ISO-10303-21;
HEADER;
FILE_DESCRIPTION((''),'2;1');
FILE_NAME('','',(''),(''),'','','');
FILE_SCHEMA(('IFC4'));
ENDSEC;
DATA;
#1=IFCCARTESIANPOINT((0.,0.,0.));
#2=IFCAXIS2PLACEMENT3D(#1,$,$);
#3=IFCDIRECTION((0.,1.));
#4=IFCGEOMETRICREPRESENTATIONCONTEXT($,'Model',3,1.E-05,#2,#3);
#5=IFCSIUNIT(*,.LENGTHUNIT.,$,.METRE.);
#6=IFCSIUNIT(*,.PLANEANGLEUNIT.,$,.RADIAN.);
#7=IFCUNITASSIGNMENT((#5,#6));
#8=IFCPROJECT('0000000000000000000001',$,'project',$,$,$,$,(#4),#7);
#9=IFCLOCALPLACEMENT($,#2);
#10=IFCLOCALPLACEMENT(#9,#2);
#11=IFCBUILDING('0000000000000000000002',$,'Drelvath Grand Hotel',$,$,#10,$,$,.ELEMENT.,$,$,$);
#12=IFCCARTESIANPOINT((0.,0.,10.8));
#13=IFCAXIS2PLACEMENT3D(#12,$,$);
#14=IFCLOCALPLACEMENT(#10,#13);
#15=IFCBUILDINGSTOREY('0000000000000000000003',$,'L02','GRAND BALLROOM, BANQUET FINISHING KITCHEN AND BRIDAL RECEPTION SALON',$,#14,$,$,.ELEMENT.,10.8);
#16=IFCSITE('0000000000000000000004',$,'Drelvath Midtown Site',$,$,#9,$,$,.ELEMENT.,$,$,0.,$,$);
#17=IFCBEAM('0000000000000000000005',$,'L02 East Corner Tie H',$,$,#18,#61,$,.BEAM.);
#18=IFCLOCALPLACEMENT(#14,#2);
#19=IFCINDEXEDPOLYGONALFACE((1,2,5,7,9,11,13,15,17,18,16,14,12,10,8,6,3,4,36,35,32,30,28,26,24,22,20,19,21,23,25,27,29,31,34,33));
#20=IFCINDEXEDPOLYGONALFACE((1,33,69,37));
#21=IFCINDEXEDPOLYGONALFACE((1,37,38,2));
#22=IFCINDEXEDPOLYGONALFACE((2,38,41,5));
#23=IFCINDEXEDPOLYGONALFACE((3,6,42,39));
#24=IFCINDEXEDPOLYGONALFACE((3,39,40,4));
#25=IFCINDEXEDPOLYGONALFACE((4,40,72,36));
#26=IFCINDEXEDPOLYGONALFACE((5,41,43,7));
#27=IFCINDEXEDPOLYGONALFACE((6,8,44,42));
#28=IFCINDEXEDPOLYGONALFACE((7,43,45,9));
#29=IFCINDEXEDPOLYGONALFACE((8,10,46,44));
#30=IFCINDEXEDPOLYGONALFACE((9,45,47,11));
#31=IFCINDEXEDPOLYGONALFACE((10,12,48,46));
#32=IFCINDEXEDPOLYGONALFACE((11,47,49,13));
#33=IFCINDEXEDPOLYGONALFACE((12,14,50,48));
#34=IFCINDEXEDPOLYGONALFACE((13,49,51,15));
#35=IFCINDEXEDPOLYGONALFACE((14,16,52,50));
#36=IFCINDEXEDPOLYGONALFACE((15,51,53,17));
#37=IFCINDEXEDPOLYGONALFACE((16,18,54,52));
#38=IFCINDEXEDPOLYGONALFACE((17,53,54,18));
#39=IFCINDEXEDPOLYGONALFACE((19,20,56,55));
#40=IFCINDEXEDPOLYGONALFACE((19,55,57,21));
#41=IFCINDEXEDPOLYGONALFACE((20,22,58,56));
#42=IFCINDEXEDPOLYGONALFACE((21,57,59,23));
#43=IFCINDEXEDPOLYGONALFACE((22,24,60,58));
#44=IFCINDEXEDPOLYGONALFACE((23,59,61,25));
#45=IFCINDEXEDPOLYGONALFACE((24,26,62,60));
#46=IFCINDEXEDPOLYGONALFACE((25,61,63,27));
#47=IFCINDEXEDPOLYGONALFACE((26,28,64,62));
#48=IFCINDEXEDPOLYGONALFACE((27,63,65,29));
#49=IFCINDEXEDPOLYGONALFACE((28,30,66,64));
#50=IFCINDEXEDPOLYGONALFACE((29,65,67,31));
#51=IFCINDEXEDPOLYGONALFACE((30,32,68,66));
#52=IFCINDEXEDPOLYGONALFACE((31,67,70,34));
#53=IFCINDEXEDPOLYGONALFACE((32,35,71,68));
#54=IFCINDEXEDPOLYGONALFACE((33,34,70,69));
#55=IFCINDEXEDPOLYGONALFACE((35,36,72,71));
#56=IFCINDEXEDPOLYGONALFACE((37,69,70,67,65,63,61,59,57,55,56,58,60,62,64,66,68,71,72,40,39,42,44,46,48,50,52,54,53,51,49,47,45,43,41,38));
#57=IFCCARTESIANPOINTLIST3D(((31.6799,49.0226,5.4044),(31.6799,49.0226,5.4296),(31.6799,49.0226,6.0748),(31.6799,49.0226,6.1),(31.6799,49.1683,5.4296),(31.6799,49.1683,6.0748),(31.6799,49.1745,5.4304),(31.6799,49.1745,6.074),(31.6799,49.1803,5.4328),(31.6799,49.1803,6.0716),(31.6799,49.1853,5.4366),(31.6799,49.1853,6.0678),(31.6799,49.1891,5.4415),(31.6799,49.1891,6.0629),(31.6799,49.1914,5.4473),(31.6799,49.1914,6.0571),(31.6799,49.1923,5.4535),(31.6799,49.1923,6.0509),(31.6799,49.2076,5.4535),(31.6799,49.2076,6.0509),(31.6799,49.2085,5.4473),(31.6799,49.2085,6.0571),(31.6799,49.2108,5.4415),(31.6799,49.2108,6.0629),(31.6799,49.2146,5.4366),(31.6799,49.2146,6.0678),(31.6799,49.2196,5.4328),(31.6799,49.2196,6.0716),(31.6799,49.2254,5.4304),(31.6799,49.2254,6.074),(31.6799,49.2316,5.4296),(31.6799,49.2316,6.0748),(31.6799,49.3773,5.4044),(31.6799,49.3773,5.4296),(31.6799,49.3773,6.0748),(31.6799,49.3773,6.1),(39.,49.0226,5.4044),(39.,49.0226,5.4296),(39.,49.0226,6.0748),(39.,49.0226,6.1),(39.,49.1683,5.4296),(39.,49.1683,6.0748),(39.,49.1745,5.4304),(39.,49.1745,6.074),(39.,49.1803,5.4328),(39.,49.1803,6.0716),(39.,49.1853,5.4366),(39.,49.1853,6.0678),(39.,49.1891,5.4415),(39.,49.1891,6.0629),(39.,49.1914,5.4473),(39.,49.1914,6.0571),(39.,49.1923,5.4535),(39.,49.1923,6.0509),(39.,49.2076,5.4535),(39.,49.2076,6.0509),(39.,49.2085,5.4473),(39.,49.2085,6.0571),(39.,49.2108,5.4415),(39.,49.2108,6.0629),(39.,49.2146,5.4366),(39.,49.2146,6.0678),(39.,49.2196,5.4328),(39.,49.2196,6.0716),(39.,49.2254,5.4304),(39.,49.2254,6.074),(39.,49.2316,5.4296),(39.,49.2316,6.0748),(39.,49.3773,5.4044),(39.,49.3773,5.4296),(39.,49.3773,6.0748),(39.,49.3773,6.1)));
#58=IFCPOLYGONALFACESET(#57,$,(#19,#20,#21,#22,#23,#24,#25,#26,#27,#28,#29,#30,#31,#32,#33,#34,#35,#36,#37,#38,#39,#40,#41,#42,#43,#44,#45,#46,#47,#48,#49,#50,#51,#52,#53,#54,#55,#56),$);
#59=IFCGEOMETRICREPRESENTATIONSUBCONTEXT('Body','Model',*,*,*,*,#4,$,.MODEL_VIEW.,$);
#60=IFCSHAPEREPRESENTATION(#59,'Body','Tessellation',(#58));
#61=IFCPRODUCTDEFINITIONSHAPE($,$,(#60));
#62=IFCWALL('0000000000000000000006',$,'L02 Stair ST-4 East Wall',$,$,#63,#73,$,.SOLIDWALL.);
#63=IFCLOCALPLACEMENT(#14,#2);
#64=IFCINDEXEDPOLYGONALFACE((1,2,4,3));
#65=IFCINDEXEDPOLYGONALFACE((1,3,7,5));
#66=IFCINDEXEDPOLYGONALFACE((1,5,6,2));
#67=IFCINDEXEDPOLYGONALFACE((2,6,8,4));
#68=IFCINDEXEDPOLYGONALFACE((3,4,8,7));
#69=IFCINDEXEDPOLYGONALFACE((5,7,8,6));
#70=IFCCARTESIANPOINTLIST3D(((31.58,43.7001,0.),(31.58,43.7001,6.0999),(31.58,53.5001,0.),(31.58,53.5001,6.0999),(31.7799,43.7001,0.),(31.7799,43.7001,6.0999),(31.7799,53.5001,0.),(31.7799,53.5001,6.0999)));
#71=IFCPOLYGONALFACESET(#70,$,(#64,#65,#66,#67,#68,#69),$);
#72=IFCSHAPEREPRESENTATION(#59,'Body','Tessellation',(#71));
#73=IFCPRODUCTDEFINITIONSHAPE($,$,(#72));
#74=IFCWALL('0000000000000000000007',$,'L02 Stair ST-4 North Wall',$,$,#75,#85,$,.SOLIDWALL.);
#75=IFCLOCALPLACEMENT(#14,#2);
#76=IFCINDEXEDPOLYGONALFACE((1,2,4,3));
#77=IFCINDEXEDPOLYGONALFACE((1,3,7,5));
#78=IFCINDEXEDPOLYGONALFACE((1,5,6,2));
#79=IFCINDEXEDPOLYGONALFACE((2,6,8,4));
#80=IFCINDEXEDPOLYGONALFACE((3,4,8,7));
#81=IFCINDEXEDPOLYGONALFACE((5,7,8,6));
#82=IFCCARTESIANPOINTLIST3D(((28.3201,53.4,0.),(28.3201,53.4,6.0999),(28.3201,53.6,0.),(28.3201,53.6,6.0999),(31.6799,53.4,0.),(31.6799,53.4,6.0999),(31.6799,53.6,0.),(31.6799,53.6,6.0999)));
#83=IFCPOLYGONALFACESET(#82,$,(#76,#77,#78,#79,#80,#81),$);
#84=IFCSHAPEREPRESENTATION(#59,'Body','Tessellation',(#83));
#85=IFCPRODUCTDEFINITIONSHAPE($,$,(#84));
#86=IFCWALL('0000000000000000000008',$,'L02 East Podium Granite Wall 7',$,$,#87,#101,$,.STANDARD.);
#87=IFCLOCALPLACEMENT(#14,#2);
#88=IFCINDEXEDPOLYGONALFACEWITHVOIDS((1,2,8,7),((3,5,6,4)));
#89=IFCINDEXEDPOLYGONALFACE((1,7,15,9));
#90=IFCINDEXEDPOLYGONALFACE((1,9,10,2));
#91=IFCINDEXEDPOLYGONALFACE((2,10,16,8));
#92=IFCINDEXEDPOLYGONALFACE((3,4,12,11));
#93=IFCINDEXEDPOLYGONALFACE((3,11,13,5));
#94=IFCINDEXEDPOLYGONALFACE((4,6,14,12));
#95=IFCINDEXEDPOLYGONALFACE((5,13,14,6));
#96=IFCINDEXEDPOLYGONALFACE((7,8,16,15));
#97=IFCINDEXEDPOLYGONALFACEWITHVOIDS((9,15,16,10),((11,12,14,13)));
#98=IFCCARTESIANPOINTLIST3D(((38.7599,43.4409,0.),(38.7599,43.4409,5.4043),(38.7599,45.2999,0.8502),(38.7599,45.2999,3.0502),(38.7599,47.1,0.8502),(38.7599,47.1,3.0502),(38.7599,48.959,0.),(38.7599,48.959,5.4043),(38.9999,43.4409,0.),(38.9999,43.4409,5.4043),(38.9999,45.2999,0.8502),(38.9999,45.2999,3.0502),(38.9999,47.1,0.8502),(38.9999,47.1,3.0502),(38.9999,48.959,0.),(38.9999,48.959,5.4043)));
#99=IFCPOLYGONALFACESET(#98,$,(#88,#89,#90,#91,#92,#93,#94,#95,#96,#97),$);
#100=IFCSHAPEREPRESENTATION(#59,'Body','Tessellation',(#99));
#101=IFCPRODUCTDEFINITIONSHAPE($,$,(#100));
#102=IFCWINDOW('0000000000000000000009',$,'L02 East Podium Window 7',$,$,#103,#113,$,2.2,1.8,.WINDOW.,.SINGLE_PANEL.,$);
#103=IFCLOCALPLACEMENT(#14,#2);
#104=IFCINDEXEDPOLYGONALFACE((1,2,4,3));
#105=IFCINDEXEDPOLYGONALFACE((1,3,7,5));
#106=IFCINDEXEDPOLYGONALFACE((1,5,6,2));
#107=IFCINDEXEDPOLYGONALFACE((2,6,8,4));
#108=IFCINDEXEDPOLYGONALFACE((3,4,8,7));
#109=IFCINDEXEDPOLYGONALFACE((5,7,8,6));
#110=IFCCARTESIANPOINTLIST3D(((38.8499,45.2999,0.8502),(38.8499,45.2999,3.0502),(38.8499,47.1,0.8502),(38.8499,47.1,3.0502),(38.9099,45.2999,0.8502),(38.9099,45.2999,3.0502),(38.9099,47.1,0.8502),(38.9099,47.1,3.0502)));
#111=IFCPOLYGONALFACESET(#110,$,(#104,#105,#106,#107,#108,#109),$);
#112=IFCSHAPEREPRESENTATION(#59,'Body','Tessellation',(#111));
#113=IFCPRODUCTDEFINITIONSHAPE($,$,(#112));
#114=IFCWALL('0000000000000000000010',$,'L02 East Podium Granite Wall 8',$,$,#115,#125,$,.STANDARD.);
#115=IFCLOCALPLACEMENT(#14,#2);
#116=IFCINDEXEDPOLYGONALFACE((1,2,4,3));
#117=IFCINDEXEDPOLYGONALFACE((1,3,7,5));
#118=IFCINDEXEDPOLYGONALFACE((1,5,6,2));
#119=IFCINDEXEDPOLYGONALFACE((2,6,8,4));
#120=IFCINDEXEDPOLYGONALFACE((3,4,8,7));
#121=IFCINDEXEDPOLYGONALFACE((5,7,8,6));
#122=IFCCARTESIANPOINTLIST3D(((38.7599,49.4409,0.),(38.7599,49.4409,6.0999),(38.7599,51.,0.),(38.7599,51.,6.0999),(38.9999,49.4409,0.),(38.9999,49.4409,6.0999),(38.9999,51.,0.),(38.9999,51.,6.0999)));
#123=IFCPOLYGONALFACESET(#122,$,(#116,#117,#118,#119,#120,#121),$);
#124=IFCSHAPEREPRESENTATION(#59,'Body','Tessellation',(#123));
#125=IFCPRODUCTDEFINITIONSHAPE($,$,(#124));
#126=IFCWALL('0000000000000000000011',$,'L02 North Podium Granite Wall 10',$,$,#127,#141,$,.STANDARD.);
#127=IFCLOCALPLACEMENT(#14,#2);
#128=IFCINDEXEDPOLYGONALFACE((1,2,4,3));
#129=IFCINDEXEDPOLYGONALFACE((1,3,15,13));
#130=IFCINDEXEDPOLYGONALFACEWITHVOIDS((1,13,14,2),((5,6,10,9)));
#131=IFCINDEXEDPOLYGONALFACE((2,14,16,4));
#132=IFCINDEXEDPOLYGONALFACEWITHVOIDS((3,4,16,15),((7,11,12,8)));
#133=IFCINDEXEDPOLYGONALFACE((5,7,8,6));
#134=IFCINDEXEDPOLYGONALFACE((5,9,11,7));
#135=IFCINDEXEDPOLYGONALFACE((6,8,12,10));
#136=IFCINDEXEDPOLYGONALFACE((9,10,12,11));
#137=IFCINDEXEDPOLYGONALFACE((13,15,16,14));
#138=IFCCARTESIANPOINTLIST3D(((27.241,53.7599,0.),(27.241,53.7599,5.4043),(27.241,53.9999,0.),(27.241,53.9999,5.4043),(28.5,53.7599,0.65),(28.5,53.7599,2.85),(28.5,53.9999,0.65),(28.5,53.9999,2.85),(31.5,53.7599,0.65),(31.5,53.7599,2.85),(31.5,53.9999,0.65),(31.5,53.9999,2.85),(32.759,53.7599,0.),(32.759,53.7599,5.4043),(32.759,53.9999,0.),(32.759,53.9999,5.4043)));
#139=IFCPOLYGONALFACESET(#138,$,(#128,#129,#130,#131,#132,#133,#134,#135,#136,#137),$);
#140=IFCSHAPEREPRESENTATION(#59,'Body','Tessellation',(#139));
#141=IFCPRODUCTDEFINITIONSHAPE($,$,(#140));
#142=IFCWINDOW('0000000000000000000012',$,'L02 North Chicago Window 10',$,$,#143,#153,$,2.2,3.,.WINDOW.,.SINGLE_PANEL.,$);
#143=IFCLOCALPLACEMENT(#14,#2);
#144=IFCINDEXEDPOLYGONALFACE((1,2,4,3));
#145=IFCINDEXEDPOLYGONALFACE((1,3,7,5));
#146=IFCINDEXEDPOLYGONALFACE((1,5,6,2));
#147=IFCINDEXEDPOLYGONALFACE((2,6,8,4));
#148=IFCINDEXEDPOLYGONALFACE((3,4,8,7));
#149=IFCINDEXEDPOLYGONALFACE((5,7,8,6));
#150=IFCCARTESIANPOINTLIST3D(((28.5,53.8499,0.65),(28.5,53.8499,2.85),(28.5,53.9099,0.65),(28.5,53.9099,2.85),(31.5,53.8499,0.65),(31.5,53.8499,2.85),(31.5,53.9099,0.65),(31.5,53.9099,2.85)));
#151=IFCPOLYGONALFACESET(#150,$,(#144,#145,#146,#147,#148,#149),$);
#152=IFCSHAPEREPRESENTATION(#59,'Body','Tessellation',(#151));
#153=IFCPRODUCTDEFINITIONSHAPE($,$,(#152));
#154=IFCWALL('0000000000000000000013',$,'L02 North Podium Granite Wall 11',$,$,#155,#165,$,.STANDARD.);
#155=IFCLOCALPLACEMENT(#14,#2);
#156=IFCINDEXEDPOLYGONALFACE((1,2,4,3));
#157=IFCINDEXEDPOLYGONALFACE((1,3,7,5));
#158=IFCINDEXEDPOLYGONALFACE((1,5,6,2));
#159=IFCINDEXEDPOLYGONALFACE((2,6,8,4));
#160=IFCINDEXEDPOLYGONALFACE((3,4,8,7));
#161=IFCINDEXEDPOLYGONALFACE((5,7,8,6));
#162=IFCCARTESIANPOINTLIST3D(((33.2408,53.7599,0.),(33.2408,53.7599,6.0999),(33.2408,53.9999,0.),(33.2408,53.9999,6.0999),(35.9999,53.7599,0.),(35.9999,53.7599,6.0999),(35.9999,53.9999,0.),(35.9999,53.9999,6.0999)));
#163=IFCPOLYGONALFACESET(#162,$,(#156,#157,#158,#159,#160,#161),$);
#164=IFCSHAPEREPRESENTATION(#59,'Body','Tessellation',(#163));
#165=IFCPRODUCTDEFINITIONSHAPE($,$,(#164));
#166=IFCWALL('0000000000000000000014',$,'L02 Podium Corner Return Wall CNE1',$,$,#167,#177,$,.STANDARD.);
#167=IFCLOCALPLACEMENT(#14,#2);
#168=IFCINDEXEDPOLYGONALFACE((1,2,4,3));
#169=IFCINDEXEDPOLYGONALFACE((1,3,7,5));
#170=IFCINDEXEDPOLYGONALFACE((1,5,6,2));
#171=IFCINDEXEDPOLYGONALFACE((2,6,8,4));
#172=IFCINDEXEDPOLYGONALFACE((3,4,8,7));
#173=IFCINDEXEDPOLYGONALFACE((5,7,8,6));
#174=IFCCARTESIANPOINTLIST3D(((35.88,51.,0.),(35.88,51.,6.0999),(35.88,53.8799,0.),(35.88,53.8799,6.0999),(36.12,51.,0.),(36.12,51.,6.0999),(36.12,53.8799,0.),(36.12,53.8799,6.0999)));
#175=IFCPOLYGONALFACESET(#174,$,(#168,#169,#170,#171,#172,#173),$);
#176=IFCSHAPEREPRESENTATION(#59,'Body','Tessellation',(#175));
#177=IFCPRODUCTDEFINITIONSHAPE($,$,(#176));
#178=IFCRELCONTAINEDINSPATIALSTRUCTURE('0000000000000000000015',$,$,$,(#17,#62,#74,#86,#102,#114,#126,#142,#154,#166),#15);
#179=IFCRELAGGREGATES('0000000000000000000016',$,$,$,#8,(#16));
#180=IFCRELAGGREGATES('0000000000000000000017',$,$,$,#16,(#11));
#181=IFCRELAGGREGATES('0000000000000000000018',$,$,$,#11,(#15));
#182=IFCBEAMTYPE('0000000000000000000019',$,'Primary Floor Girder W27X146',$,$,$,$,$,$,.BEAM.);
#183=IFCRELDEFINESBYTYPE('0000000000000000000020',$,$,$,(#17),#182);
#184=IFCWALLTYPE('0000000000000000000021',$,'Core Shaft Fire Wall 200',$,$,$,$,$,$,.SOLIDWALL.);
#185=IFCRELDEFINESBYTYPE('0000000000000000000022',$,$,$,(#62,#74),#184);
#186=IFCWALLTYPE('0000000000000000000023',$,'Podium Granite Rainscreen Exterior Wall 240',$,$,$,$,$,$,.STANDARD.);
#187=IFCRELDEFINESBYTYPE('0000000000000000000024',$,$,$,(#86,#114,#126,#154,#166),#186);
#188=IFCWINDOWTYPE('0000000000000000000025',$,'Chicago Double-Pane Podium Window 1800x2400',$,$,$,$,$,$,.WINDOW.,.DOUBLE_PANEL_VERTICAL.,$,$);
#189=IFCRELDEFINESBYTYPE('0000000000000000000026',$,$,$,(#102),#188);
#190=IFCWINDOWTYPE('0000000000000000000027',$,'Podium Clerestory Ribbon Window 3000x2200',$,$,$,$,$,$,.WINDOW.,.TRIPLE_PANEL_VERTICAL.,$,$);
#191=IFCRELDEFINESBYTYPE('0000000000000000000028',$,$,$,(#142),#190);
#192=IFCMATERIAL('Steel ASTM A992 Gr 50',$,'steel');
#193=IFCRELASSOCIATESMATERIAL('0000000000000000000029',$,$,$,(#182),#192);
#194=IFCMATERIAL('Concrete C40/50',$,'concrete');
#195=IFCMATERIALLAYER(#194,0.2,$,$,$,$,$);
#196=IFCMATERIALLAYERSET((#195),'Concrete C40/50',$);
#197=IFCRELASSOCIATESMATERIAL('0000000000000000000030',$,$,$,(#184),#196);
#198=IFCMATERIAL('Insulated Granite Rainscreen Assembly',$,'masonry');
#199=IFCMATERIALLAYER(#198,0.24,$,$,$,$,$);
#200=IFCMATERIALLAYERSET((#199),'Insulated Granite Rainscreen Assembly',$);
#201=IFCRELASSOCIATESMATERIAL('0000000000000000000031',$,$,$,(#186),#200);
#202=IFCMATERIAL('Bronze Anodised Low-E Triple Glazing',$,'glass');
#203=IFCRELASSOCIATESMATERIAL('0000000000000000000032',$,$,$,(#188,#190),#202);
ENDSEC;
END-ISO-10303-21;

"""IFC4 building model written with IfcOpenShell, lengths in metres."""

from ifc_helpers import new_model, si_unit, direction, frame, frame_2d, origin, origin_2d, place, context, subcontext, project, spatial, rectangle, i_section, extrude, material, layer, layer_set, material_profile, profile_set, type_object, element, fill, save


model = new_model("IFC4")

# Units and contexts
model_context = context("Model", 3, precision=1e-05, world=origin(), true_north=direction((0.0, 1.0)))
body_context = subcontext(model_context, "Body", "Model", "MODEL_VIEW")
ifc_project = project(units=[si_unit("LENGTHUNIT", "METRE"), si_unit("PLANEANGLEUNIT", "RADIAN")], contexts=[model_context])

# Site, building, storey
site_placement = place(None, origin())
site = spatial("IfcSite", under=ifc_project, at=site_placement, Name="Drelvath Midtown Site", CompositionType="ELEMENT", RefElevation=0.0)
building_placement = place(site_placement, origin())
building = spatial("IfcBuilding", under=site, at=building_placement, Name="Drelvath Grand Hotel", CompositionType="ELEMENT")
storey_placement = place(building_placement, frame((0.0, 0.0, 10.8)))
storey = spatial("IfcBuildingStorey", under=building, at=storey_placement, Name="L02", Description="GRAND BALLROOM, BANQUET FINISHING KITCHEN AND BRIDAL RECEPTION SALON", CompositionType="ELEMENT", Elevation=10.8)

# Beam
ifc_material_1 = material(Name="Steel ASTM A992 Gr 50", Category="steel")
ifc_material_profile_1 = material_profile(ifc_material_1, i_section(OverallWidth=0.3547, OverallDepth=0.6956, WebThickness=0.0154, FlangeThickness=0.0251, FilletRadius=0.0239, at=origin_2d()), Name="W27X146")
ifc_profile_set_1 = profile_set([ifc_material_profile_1], Name="Steel ASTM A992 Gr 50")
beam_type = type_object("IfcBeamType", Name="Primary Floor Girder W27X146", PredefinedType="BEAM", material=ifc_profile_set_1)
beam_placement = place(storey_placement, frame((31.6799, 49.2, 5.7522), z_axis=(1.0, 0.0, 0.0), x_axis=(0.0, 1.0, 0.0)))
element("IfcBeam", 1, at=beam_placement, inside=storey, type_object=beam_type, Name="L02 East Corner Tie H", PredefinedType="BEAM", context=body_context, shape_type="SweptSolid", body=[
    extrude(i_section(OverallWidth=0.3547, OverallDepth=0.6956, WebThickness=0.0154, FlangeThickness=0.0251, FilletRadius=0.0239, at=origin_2d()), origin(), (0.0, 0.0, 1.0), 7.3201),
])

# Walls
ifc_material_2 = material(Name="Concrete C40/50", Category="concrete")
ifc_layer_1 = layer(ifc_material_2, 0.2)
ifc_layer_set_1 = layer_set([ifc_layer_1], Name="Concrete C40/50")
wall_type_1 = type_object("IfcWallType", Name="Core Shaft Fire Wall 200", PredefinedType="SOLIDWALL", material=ifc_layer_set_1)
wall_1_placement = place(storey_placement, frame((31.6799, 53.5, 0.0), z_axis=(0.0, 0.0, 1.0), x_axis=(0.0, -1.0, 0.0)))
element("IfcWall", 2, at=wall_1_placement, inside=storey, type_object=wall_type_1, Name="L02 Stair ST-4 East Wall", PredefinedType="SOLIDWALL", context=body_context, shape_type="SweptSolid", body=[
    extrude(rectangle(XDim=9.8, YDim=0.2, at=frame_2d((4.8999, 0.0))), origin(), (0.0, 0.0, 1.0), 6.0999),
])
wall_2_placement = place(storey_placement, frame((31.6799, 53.5, 0.0), z_axis=(0.0, 0.0, 1.0), x_axis=(-1.0, 0.0, 0.0)))
element("IfcWall", 3, at=wall_2_placement, inside=storey, type_object=wall_type_1, Name="L02 Stair ST-4 North Wall", PredefinedType="SOLIDWALL", context=body_context, shape_type="SweptSolid", body=[
    extrude(rectangle(XDim=3.3599, YDim=0.2, at=frame_2d((1.6799, 0.0))), origin(), (0.0, 0.0, 1.0), 6.0999),
])

# Wall, opening, window
ifc_material_3 = material(Name="Insulated Granite Rainscreen Assembly", Category="masonry")
ifc_layer_2 = layer(ifc_material_3, 0.24)
ifc_layer_set_2 = layer_set([ifc_layer_2], Name="Insulated Granite Rainscreen Assembly")
wall_type_2 = type_object("IfcWallType", Name="Podium Granite Rainscreen Exterior Wall 240", PredefinedType="STANDARD", material=ifc_layer_set_2)
wall_3_placement = place(storey_placement, frame((38.8799, 48.959, 0.0), z_axis=(0.0, 0.0, 1.0), x_axis=(0.0, -1.0, 0.0)))
wall_3 = element("IfcWall", 4, at=wall_3_placement, inside=storey, type_object=wall_type_2, Name="L02 East Podium Granite Wall 7", PredefinedType="STANDARD", context=body_context, shape_type="SweptSolid", body=[
    extrude(rectangle(XDim=5.5181, YDim=0.24, at=frame_2d((2.759, 0.0))), origin(), (0.0, 0.0, 1.0), 5.4043),
])
opening_1_placement = place(wall_3_placement, frame((1.8591, 0.0, 0.8501)))
opening_1 = element("IfcOpeningElement", 5, at=opening_1_placement, cuts=wall_3, PredefinedType="OPENING", context=body_context, shape_type="SweptSolid", body=[
    extrude(rectangle(XDim=1.8, YDim=2.2, at=frame_2d((0.8999, 1.1001))), frame((0.0, 0.1299, 0.0), z_axis=(0.0, -1.0, 0.0), x_axis=(1.0, 0.0, 0.0)), (0.0, 0.0, 1.0), 0.26),
])
ifc_material_4 = material(Name="Bronze Anodised Low-E Triple Glazing", Category="glass")
window_type_1 = type_object("IfcWindowType", Name="Chicago Double-Pane Podium Window 1800x2400", PartitioningType="DOUBLE_PANEL_VERTICAL", PredefinedType="WINDOW", material=ifc_material_4)
window_1_placement = place(opening_1_placement, origin())
window_1 = element("IfcWindow", 6, at=window_1_placement, inside=storey, type_object=window_type_1, Name="L02 East Podium Window 7", OverallHeight=2.2, OverallWidth=1.8, PartitioningType="SINGLE_PANEL", PredefinedType="WINDOW", context=body_context, shape_type="SweptSolid", body=[
    extrude(rectangle(XDim=1.8, YDim=2.2, at=frame_2d((0.8999, 1.1001))), frame((0.0, 0.03, 0.0), z_axis=(0.0, -1.0, 0.0), x_axis=(1.0, 0.0, 0.0)), (0.0, 0.0, 1.0), 0.0601),
])
fill(opening_1, window_1)

# Wall
wall_4_placement = place(storey_placement, frame((38.8799, 51.0, 0.0), z_axis=(0.0, 0.0, 1.0), x_axis=(0.0, -1.0, 0.0)))
element("IfcWall", 7, at=wall_4_placement, inside=storey, type_object=wall_type_2, Name="L02 East Podium Granite Wall 8", PredefinedType="STANDARD", context=body_context, shape_type="SweptSolid", body=[
    extrude(rectangle(XDim=1.5591, YDim=0.24, at=frame_2d((0.7795, 0.0))), origin(), (0.0, 0.0, 1.0), 6.0999),
])

# Wall, opening, window
wall_5_placement = place(storey_placement, frame((27.241, 53.8799, 0.0), z_axis=(0.0, 0.0, 1.0), x_axis=(1.0, 0.0, 0.0)))
wall_5 = element("IfcWall", 8, at=wall_5_placement, inside=storey, type_object=wall_type_2, Name="L02 North Podium Granite Wall 10", PredefinedType="STANDARD", context=body_context, shape_type="SweptSolid", body=[
    extrude(rectangle(XDim=5.5181, YDim=0.24, at=frame_2d((2.759, 0.0))), origin(), (0.0, 0.0, 1.0), 5.4043),
])
opening_2_placement = place(wall_5_placement, frame((1.259, 0.0, 0.6499)))
opening_2 = element("IfcOpeningElement", 9, at=opening_2_placement, cuts=wall_5, PredefinedType="OPENING", context=body_context, shape_type="SweptSolid", body=[
    extrude(rectangle(XDim=3.0, YDim=2.2, at=frame_2d((1.5, 1.1001))), frame((0.0, 0.1299, 0.0), z_axis=(0.0, -1.0, 0.0), x_axis=(1.0, 0.0, 0.0)), (0.0, 0.0, 1.0), 0.26),
])
window_type_2 = type_object("IfcWindowType", Name="Podium Clerestory Ribbon Window 3000x2200", PartitioningType="TRIPLE_PANEL_VERTICAL", PredefinedType="WINDOW", material=ifc_material_4)
window_2_placement = place(opening_2_placement, origin())
window_2 = element("IfcWindow", 10, at=window_2_placement, inside=storey, type_object=window_type_2, Name="L02 North Chicago Window 10", OverallHeight=2.2, OverallWidth=3.0, PartitioningType="SINGLE_PANEL", PredefinedType="WINDOW", context=body_context, shape_type="SweptSolid", body=[
    extrude(rectangle(XDim=3.0, YDim=2.2, at=frame_2d((1.5, 1.1001))), frame((0.0, 0.03, 0.0), z_axis=(0.0, -1.0, 0.0), x_axis=(1.0, 0.0, 0.0)), (0.0, 0.0, 1.0), 0.0601),
])
fill(opening_2, window_2)

# Walls
wall_6_placement = place(storey_placement, frame((33.241, 53.8799, 0.0), z_axis=(0.0, 0.0, 1.0), x_axis=(1.0, 0.0, 0.0)))
element("IfcWall", 11, at=wall_6_placement, inside=storey, type_object=wall_type_2, Name="L02 North Podium Granite Wall 11", PredefinedType="STANDARD", context=body_context, shape_type="SweptSolid", body=[
    extrude(rectangle(XDim=2.759, YDim=0.24, at=frame_2d((1.3794, 0.0))), origin(), (0.0, 0.0, 1.0), 6.0999),
])
for number, where, z_axis, x_axis, name in (
    (12, (36.0, 53.8799, 0.0), (0.0, 0.0, 1.0), (0.0, -1.0, 0.0), "L02 Podium Corner Return Wall CNE1"),
):
    element("IfcWall", number, at=place(storey_placement, frame(where, z_axis=z_axis, x_axis=x_axis)), inside=storey, type_object=wall_type_2, Name=name, PredefinedType="STANDARD", context=body_context, shape_type="SweptSolid", body=[
        extrude(rectangle(XDim=2.8799, YDim=0.24, at=frame_2d((1.4399, 0.0))), origin(), (0.0, 0.0, 1.0), 6.0999),
    ])

save(model, "model.ifc")
